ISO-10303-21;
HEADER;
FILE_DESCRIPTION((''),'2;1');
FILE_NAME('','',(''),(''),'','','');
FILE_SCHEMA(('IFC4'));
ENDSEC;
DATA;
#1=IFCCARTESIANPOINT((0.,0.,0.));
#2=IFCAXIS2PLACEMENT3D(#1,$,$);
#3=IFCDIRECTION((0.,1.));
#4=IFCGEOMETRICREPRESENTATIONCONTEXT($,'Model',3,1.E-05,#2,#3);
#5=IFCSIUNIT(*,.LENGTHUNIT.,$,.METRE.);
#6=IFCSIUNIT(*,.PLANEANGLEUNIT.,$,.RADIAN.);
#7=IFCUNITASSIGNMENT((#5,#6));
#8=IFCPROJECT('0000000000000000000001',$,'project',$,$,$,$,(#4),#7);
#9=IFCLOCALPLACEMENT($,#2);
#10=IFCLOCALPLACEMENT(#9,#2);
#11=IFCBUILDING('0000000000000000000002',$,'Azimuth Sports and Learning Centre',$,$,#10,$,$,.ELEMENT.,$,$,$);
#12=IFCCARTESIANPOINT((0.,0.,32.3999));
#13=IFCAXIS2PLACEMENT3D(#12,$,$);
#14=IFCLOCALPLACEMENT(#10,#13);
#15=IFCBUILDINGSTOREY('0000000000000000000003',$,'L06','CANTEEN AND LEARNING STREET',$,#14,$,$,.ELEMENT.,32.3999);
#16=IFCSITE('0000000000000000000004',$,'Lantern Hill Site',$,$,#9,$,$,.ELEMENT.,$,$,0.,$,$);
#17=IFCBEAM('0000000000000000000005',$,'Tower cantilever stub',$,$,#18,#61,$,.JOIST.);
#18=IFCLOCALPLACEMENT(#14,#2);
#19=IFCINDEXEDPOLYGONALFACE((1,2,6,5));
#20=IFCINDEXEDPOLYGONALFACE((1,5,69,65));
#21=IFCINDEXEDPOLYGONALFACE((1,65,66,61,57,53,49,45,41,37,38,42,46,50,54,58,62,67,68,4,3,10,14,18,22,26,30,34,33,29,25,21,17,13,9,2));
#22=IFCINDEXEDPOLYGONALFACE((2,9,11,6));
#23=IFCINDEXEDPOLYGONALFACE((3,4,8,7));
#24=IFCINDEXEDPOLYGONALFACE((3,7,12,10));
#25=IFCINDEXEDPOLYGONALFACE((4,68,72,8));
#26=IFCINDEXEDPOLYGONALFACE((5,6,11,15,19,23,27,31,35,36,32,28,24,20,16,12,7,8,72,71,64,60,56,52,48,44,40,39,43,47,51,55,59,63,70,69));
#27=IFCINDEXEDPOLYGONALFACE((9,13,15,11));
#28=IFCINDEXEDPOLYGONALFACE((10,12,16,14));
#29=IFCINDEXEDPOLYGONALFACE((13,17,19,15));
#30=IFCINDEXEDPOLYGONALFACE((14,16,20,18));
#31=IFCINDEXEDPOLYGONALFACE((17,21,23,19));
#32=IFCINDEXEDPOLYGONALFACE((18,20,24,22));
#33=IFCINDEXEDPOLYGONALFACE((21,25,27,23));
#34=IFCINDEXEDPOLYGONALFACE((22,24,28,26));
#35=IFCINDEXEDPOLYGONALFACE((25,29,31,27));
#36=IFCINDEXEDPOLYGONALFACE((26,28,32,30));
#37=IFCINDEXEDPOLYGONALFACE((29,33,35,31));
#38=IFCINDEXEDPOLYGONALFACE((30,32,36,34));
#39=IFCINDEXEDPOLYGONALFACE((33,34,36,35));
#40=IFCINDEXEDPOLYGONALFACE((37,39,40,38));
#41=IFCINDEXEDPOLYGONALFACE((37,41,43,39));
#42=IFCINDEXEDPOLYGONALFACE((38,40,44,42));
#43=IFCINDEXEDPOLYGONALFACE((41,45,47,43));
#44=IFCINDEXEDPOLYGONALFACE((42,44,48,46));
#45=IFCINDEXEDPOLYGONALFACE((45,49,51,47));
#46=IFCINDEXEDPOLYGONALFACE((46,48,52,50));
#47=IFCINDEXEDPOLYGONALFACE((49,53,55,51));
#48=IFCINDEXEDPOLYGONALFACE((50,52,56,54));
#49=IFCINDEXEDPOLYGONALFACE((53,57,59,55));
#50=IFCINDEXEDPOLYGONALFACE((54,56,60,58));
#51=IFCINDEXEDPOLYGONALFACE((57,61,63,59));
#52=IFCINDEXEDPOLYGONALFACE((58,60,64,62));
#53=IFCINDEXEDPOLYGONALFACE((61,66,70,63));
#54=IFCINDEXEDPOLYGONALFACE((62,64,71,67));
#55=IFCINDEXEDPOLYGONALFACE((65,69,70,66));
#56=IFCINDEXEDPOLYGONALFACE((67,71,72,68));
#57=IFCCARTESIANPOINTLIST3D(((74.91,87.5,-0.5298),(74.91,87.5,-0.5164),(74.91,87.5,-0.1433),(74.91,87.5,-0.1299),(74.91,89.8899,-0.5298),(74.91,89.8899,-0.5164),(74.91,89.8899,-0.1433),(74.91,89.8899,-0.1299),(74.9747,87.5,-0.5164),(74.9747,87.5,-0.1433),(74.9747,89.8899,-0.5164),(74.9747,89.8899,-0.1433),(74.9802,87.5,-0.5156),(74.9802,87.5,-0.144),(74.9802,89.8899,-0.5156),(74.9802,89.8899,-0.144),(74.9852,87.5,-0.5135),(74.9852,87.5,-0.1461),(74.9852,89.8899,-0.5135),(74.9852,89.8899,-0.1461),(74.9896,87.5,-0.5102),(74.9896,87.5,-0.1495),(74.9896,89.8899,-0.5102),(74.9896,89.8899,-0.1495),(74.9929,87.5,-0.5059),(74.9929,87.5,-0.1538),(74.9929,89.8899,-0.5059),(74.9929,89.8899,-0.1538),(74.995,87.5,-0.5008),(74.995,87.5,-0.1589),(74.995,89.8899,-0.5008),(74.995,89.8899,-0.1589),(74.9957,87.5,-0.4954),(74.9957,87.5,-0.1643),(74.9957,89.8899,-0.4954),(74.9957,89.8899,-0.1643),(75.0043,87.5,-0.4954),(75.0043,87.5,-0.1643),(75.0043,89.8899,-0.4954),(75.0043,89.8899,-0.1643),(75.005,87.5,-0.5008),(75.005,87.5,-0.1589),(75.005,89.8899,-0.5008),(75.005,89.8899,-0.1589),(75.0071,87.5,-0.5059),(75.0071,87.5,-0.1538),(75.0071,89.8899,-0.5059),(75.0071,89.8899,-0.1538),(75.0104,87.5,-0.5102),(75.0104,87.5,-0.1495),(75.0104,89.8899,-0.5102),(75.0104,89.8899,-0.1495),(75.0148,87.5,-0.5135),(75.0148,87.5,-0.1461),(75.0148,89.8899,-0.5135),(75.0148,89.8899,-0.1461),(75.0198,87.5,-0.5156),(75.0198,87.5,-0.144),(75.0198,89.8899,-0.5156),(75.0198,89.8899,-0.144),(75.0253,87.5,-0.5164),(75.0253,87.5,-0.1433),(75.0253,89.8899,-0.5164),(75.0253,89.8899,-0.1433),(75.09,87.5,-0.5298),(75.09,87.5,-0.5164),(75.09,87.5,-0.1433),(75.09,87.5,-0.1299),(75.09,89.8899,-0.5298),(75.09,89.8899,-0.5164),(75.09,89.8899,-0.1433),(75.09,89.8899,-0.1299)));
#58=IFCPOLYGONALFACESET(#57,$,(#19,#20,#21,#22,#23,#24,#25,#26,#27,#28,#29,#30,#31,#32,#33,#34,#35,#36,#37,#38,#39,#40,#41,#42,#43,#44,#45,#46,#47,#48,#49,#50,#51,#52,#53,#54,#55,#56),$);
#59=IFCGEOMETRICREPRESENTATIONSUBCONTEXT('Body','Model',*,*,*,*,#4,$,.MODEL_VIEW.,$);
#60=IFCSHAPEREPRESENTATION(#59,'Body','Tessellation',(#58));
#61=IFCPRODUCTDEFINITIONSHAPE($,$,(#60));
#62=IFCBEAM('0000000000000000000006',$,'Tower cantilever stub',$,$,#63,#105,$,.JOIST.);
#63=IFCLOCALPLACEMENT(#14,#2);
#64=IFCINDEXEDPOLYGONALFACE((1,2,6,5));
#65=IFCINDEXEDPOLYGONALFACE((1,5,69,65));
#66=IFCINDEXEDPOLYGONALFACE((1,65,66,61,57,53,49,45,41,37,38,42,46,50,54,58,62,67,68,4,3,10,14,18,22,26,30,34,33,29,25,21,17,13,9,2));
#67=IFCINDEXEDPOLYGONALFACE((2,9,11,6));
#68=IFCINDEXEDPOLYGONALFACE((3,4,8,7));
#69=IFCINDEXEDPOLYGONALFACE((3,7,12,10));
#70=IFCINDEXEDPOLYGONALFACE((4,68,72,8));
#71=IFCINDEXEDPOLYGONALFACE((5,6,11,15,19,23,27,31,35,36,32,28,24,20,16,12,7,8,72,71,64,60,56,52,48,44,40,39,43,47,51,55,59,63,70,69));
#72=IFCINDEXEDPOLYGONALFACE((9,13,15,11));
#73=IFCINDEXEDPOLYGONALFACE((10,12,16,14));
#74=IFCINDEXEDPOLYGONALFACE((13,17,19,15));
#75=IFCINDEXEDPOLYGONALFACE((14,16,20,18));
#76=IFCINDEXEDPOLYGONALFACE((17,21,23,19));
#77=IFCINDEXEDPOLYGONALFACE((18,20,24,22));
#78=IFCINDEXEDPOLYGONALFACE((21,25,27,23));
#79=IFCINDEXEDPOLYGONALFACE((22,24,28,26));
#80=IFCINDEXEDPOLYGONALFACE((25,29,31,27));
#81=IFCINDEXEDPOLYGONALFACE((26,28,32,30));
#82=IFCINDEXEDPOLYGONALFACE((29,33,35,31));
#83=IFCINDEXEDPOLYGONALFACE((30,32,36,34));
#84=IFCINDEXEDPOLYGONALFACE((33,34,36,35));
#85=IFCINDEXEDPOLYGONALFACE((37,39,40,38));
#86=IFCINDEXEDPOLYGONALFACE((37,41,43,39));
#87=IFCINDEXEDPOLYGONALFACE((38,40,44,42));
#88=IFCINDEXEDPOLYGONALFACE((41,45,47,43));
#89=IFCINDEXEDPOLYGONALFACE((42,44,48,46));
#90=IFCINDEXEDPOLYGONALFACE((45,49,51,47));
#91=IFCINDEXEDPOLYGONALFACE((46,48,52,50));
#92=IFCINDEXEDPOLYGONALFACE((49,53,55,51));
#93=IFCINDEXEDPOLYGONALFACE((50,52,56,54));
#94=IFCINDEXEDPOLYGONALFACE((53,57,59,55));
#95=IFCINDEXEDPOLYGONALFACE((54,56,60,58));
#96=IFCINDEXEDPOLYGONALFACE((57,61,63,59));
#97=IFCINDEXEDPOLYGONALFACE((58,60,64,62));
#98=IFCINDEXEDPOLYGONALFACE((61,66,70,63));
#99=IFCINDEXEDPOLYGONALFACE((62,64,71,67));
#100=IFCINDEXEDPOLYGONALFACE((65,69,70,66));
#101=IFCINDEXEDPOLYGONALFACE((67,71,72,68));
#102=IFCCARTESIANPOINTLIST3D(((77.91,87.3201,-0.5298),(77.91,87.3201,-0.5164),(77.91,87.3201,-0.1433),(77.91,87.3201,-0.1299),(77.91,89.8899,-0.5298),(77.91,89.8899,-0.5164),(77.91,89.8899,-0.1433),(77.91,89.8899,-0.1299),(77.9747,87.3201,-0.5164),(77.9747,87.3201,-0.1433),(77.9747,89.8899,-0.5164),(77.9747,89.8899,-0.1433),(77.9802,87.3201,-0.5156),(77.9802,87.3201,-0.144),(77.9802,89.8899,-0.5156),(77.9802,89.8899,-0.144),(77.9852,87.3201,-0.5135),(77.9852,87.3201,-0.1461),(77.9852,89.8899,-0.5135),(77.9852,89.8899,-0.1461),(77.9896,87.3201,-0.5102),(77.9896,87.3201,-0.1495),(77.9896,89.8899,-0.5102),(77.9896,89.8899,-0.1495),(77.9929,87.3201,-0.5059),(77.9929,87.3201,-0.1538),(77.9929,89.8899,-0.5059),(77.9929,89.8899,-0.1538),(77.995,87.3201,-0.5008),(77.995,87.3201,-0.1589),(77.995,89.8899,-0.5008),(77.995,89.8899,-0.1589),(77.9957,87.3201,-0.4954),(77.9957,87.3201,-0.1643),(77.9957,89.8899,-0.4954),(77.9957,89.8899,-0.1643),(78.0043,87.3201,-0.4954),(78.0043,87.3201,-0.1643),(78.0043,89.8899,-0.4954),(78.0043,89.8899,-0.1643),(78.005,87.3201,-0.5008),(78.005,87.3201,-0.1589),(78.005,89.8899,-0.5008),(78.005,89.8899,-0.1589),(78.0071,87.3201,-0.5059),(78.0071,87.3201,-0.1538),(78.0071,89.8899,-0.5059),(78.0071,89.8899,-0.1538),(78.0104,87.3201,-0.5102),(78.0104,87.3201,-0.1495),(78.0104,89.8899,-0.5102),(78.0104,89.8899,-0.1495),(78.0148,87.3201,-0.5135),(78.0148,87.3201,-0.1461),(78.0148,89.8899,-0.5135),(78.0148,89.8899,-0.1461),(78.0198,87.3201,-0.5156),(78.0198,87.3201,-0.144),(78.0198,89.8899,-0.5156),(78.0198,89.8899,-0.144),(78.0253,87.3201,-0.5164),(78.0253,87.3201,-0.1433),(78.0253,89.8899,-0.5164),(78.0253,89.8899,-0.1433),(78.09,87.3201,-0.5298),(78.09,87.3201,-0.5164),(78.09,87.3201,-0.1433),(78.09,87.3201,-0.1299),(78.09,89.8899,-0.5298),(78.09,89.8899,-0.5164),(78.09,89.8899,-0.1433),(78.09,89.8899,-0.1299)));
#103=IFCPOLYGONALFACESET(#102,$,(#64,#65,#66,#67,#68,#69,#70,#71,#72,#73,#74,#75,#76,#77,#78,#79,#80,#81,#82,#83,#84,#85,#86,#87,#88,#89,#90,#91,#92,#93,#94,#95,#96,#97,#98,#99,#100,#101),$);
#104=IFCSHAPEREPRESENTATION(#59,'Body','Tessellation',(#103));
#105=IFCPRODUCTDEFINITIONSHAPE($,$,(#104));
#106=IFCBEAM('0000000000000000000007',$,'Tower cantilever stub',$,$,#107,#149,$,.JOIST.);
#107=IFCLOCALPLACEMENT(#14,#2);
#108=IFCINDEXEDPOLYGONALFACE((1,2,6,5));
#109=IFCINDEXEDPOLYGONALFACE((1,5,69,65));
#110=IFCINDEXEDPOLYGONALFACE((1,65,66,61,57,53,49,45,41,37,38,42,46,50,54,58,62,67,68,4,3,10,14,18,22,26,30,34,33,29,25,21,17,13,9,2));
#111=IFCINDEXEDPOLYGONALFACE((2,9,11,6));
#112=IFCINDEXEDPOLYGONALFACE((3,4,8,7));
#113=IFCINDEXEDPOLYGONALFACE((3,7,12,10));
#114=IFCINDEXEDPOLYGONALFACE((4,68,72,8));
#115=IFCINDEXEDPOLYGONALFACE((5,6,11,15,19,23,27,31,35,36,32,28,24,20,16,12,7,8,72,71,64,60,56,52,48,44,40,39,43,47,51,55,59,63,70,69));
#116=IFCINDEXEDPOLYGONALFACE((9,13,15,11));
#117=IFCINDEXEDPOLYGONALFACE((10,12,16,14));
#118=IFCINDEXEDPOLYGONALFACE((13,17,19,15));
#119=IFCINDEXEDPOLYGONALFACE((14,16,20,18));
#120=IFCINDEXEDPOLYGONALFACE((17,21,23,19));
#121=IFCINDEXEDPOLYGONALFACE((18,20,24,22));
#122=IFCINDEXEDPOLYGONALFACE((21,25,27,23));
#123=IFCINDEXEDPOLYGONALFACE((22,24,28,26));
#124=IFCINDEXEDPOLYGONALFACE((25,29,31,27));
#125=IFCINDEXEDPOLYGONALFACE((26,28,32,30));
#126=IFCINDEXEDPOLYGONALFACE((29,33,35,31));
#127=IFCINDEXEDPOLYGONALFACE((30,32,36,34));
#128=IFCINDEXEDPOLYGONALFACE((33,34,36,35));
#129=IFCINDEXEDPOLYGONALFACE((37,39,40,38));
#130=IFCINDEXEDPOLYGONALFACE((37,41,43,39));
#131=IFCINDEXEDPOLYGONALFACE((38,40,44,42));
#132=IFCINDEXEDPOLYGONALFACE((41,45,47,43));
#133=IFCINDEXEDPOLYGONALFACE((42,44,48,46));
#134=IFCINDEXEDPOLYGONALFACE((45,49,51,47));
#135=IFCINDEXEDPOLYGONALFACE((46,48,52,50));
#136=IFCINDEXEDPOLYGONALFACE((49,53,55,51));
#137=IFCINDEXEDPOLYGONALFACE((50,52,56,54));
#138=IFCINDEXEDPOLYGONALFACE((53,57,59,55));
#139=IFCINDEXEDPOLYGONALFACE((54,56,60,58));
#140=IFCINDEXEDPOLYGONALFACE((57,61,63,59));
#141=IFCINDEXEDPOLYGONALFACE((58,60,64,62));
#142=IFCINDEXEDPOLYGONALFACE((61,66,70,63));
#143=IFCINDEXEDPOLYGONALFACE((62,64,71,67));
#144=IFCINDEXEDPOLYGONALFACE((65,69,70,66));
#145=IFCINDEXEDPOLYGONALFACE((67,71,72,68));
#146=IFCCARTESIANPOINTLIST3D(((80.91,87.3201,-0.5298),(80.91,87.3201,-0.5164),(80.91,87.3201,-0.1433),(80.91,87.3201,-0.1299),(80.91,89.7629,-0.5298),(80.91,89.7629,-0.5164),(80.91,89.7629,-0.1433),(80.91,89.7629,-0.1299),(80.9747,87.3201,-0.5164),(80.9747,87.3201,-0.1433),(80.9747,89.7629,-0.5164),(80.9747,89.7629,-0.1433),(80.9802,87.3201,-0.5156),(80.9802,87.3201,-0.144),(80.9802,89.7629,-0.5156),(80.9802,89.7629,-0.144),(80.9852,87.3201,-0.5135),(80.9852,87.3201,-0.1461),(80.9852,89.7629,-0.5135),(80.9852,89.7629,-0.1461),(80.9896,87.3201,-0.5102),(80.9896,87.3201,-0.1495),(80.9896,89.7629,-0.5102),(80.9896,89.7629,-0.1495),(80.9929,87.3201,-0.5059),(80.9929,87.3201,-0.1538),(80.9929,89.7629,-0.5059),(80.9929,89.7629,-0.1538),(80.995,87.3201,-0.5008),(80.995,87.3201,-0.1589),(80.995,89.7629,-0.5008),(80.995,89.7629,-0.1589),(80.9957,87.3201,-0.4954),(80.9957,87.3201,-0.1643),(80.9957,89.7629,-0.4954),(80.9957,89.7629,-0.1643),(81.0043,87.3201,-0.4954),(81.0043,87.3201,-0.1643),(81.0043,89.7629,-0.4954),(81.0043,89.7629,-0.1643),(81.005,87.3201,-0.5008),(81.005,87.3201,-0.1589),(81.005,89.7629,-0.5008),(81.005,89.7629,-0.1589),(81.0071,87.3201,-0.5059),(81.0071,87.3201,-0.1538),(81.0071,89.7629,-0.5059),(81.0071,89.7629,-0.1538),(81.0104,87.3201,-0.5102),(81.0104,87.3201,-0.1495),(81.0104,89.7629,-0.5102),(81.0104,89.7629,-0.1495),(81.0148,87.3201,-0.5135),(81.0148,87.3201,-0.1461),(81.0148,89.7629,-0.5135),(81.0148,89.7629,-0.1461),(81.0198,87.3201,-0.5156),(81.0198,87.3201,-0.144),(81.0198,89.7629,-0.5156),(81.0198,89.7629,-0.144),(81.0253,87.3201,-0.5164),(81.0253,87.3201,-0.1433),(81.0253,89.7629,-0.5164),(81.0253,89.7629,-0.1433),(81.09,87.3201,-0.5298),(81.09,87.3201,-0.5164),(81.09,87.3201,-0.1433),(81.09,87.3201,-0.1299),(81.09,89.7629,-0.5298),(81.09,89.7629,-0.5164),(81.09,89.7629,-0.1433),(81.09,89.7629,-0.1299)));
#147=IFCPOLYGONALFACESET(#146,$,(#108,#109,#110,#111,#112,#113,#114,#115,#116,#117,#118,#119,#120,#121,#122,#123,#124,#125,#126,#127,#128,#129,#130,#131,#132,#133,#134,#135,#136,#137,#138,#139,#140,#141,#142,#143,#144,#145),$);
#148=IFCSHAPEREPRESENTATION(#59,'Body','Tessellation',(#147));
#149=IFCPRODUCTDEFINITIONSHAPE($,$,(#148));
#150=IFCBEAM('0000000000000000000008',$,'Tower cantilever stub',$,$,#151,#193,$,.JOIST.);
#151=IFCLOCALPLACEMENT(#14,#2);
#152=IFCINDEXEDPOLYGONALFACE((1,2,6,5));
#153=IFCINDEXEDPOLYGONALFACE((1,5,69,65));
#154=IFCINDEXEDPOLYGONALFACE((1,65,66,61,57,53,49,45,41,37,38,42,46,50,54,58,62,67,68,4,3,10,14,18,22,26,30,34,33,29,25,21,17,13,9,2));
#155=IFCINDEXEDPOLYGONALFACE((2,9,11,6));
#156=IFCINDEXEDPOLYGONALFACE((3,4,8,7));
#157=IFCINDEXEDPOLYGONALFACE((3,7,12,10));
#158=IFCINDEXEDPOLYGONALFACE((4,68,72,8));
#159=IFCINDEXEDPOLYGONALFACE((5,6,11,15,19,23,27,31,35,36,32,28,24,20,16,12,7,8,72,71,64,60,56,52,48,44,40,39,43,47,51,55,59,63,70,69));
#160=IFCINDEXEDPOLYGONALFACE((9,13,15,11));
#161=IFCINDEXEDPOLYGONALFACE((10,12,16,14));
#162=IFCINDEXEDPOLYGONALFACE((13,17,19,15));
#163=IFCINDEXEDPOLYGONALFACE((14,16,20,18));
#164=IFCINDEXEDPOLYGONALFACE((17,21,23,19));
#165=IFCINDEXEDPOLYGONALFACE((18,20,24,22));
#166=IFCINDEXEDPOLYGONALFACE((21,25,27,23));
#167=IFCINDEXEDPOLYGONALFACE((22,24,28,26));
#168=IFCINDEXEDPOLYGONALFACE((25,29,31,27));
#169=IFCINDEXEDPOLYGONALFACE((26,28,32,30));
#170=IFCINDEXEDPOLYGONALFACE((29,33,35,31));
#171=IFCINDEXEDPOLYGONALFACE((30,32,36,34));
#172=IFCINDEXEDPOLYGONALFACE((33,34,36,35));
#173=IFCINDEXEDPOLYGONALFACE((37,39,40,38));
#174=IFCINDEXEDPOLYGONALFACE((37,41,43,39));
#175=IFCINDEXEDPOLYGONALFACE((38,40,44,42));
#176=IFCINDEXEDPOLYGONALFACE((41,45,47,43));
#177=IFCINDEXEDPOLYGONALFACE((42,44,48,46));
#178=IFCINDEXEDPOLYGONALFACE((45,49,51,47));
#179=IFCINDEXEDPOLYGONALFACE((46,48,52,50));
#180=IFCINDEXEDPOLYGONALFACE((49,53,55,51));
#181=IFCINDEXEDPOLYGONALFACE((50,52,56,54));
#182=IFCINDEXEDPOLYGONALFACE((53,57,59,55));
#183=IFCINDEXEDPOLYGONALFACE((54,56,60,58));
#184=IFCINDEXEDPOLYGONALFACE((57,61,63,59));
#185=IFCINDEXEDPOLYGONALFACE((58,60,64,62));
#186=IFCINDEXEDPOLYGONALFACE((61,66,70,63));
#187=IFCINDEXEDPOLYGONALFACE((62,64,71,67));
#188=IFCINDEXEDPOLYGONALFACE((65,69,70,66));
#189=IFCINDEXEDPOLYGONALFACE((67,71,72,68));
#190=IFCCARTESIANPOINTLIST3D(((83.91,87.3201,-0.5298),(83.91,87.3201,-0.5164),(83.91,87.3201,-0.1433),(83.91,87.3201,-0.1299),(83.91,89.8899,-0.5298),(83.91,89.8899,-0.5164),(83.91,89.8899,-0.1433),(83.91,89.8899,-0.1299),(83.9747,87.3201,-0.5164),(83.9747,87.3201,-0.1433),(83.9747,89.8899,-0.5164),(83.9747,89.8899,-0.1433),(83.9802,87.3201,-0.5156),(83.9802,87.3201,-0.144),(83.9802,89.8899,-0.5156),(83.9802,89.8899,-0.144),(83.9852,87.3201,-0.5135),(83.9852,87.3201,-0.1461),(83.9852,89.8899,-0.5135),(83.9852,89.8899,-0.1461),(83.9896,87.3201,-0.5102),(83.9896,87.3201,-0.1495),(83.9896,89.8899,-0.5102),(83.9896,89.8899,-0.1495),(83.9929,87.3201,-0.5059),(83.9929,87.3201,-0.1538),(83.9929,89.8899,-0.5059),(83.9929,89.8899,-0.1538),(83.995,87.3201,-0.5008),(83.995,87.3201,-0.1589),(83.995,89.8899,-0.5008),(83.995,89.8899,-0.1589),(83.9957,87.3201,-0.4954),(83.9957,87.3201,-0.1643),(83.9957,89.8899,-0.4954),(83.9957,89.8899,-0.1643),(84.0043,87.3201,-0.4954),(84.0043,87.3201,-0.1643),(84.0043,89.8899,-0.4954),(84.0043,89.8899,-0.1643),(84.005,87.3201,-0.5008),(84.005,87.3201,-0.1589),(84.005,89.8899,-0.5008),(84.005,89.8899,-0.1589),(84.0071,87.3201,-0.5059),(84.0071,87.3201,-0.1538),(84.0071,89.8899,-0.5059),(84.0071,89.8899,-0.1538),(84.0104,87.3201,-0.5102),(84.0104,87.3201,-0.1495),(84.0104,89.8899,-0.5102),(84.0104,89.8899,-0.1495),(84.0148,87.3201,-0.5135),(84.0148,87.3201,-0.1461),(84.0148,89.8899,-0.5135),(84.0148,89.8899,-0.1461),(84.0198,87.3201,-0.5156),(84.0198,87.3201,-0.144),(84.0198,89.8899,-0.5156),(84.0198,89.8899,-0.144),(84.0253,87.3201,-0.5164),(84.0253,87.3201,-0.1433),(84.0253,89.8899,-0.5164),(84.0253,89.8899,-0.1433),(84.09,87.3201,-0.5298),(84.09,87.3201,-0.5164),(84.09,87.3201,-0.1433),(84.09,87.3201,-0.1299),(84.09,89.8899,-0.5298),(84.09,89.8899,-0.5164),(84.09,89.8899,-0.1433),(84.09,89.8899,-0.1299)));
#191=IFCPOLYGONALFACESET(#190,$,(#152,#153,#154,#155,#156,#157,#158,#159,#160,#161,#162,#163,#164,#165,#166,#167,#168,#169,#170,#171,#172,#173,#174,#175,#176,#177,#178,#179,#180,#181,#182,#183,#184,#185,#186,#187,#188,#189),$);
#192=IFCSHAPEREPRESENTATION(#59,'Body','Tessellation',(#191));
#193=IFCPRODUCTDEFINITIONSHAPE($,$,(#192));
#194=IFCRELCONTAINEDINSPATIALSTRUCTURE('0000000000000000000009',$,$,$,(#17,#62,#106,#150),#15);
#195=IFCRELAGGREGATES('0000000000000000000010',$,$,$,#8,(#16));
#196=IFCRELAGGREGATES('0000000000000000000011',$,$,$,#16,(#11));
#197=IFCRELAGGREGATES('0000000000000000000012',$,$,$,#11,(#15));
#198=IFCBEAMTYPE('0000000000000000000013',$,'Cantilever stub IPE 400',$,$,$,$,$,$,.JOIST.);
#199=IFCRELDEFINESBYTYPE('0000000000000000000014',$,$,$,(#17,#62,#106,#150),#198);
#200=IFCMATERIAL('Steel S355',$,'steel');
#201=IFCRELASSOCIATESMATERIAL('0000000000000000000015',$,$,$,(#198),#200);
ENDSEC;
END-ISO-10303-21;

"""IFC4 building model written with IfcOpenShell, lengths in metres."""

from ifc_helpers import new_model, si_unit, direction, frame, origin, origin_2d, place, context, subcontext, project, spatial, i_section, extrude, material, material_profile, profile_set, type_object, element, save


model = new_model("IFC4")

# Units and contexts
model_context = context("Model", 3, precision=1e-05, world=origin(), true_north=direction((0.0, 1.0)))
body_context = subcontext(model_context, "Body", "Model", "MODEL_VIEW")
ifc_project = project(units=[si_unit("LENGTHUNIT", "METRE"), si_unit("PLANEANGLEUNIT", "RADIAN")], contexts=[model_context])

# Site, building, storey
site_placement = place(None, origin())
site = spatial("IfcSite", under=ifc_project, at=site_placement, Name="Lantern Hill Site", CompositionType="ELEMENT", RefElevation=0.0)
building_placement = place(site_placement, origin())
building = spatial("IfcBuilding", under=site, at=building_placement, Name="Azimuth Sports and Learning Centre", CompositionType="ELEMENT")
storey_placement = place(building_placement, frame((0.0, 0.0, 32.3999)))
storey = spatial("IfcBuildingStorey", under=building, at=storey_placement, Name="L06", Description="CANTEEN AND LEARNING STREET", CompositionType="ELEMENT", Elevation=32.3999)

# Beams
ifc_material_1 = material(Name="Steel S355", Category="steel")
ifc_material_profile_1 = material_profile(ifc_material_1, i_section(OverallWidth=0.1799, OverallDepth=0.3999, WebThickness=0.0085, FlangeThickness=0.0134, FilletRadius=0.021, at=origin_2d()), Name="IPE 400")
ifc_profile_set_1 = profile_set([ifc_material_profile_1], Name="Steel S355")
beam_type_1 = type_object("IfcBeamType", Name="Cantilever stub IPE 400", PredefinedType="JOIST", material=ifc_profile_set_1)
beam_1_placement = place(storey_placement, frame((75.0, 89.8899, -0.3298), z_axis=(0.0, -1.0, 0.0), x_axis=(1.0, 0.0, 0.0)))
element("IfcBeam", 1, at=beam_1_placement, inside=storey, type_object=beam_type_1, Name="Tower cantilever stub", PredefinedType="JOIST", context=body_context, shape_type="SweptSolid", body=[
    extrude(i_section(OverallWidth=0.1799, OverallDepth=0.3999, WebThickness=0.0085, FlangeThickness=0.0134, FilletRadius=0.021, at=origin_2d()), origin(), (0.0, 0.0, 1.0), 2.3899),
])
beam_2_placement = place(storey_placement, frame((78.0, 89.8899, -0.3298), z_axis=(0.0, -1.0, 0.0), x_axis=(1.0, 0.0, 0.0)))
element("IfcBeam", 2, at=beam_2_placement, inside=storey, type_object=beam_type_1, Name="Tower cantilever stub", PredefinedType="JOIST", context=body_context, shape_type="SweptSolid", body=[
    extrude(i_section(OverallWidth=0.1799, OverallDepth=0.3999, WebThickness=0.0085, FlangeThickness=0.0134, FilletRadius=0.021, at=origin_2d()), origin(), (0.0, 0.0, 1.0), 2.5698),
])
beam_3_placement = place(storey_placement, frame((81.0, 89.7629, -0.3298), z_axis=(0.0, -1.0, 0.0), x_axis=(1.0, 0.0, 0.0)))
element("IfcBeam", 3, at=beam_3_placement, inside=storey, type_object=beam_type_1, Name="Tower cantilever stub", PredefinedType="JOIST", context=body_context, shape_type="SweptSolid", body=[
    extrude(i_section(OverallWidth=0.1799, OverallDepth=0.3999, WebThickness=0.0085, FlangeThickness=0.0134, FilletRadius=0.021, at=origin_2d()), origin(), (0.0, 0.0, 1.0), 2.4429),
])
beam_4_placement = place(storey_placement, frame((84.0, 89.8899, -0.3298), z_axis=(0.0, -1.0, 0.0), x_axis=(1.0, 0.0, 0.0)))
element("IfcBeam", 4, at=beam_4_placement, inside=storey, type_object=beam_type_1, Name="Tower cantilever stub", PredefinedType="JOIST", context=body_context, shape_type="SweptSolid", body=[
    extrude(i_section(OverallWidth=0.1799, OverallDepth=0.3999, WebThickness=0.0085, FlangeThickness=0.0134, FilletRadius=0.021, at=origin_2d()), origin(), (0.0, 0.0, 1.0), 2.5698),
])

save(model, "model.ifc")
